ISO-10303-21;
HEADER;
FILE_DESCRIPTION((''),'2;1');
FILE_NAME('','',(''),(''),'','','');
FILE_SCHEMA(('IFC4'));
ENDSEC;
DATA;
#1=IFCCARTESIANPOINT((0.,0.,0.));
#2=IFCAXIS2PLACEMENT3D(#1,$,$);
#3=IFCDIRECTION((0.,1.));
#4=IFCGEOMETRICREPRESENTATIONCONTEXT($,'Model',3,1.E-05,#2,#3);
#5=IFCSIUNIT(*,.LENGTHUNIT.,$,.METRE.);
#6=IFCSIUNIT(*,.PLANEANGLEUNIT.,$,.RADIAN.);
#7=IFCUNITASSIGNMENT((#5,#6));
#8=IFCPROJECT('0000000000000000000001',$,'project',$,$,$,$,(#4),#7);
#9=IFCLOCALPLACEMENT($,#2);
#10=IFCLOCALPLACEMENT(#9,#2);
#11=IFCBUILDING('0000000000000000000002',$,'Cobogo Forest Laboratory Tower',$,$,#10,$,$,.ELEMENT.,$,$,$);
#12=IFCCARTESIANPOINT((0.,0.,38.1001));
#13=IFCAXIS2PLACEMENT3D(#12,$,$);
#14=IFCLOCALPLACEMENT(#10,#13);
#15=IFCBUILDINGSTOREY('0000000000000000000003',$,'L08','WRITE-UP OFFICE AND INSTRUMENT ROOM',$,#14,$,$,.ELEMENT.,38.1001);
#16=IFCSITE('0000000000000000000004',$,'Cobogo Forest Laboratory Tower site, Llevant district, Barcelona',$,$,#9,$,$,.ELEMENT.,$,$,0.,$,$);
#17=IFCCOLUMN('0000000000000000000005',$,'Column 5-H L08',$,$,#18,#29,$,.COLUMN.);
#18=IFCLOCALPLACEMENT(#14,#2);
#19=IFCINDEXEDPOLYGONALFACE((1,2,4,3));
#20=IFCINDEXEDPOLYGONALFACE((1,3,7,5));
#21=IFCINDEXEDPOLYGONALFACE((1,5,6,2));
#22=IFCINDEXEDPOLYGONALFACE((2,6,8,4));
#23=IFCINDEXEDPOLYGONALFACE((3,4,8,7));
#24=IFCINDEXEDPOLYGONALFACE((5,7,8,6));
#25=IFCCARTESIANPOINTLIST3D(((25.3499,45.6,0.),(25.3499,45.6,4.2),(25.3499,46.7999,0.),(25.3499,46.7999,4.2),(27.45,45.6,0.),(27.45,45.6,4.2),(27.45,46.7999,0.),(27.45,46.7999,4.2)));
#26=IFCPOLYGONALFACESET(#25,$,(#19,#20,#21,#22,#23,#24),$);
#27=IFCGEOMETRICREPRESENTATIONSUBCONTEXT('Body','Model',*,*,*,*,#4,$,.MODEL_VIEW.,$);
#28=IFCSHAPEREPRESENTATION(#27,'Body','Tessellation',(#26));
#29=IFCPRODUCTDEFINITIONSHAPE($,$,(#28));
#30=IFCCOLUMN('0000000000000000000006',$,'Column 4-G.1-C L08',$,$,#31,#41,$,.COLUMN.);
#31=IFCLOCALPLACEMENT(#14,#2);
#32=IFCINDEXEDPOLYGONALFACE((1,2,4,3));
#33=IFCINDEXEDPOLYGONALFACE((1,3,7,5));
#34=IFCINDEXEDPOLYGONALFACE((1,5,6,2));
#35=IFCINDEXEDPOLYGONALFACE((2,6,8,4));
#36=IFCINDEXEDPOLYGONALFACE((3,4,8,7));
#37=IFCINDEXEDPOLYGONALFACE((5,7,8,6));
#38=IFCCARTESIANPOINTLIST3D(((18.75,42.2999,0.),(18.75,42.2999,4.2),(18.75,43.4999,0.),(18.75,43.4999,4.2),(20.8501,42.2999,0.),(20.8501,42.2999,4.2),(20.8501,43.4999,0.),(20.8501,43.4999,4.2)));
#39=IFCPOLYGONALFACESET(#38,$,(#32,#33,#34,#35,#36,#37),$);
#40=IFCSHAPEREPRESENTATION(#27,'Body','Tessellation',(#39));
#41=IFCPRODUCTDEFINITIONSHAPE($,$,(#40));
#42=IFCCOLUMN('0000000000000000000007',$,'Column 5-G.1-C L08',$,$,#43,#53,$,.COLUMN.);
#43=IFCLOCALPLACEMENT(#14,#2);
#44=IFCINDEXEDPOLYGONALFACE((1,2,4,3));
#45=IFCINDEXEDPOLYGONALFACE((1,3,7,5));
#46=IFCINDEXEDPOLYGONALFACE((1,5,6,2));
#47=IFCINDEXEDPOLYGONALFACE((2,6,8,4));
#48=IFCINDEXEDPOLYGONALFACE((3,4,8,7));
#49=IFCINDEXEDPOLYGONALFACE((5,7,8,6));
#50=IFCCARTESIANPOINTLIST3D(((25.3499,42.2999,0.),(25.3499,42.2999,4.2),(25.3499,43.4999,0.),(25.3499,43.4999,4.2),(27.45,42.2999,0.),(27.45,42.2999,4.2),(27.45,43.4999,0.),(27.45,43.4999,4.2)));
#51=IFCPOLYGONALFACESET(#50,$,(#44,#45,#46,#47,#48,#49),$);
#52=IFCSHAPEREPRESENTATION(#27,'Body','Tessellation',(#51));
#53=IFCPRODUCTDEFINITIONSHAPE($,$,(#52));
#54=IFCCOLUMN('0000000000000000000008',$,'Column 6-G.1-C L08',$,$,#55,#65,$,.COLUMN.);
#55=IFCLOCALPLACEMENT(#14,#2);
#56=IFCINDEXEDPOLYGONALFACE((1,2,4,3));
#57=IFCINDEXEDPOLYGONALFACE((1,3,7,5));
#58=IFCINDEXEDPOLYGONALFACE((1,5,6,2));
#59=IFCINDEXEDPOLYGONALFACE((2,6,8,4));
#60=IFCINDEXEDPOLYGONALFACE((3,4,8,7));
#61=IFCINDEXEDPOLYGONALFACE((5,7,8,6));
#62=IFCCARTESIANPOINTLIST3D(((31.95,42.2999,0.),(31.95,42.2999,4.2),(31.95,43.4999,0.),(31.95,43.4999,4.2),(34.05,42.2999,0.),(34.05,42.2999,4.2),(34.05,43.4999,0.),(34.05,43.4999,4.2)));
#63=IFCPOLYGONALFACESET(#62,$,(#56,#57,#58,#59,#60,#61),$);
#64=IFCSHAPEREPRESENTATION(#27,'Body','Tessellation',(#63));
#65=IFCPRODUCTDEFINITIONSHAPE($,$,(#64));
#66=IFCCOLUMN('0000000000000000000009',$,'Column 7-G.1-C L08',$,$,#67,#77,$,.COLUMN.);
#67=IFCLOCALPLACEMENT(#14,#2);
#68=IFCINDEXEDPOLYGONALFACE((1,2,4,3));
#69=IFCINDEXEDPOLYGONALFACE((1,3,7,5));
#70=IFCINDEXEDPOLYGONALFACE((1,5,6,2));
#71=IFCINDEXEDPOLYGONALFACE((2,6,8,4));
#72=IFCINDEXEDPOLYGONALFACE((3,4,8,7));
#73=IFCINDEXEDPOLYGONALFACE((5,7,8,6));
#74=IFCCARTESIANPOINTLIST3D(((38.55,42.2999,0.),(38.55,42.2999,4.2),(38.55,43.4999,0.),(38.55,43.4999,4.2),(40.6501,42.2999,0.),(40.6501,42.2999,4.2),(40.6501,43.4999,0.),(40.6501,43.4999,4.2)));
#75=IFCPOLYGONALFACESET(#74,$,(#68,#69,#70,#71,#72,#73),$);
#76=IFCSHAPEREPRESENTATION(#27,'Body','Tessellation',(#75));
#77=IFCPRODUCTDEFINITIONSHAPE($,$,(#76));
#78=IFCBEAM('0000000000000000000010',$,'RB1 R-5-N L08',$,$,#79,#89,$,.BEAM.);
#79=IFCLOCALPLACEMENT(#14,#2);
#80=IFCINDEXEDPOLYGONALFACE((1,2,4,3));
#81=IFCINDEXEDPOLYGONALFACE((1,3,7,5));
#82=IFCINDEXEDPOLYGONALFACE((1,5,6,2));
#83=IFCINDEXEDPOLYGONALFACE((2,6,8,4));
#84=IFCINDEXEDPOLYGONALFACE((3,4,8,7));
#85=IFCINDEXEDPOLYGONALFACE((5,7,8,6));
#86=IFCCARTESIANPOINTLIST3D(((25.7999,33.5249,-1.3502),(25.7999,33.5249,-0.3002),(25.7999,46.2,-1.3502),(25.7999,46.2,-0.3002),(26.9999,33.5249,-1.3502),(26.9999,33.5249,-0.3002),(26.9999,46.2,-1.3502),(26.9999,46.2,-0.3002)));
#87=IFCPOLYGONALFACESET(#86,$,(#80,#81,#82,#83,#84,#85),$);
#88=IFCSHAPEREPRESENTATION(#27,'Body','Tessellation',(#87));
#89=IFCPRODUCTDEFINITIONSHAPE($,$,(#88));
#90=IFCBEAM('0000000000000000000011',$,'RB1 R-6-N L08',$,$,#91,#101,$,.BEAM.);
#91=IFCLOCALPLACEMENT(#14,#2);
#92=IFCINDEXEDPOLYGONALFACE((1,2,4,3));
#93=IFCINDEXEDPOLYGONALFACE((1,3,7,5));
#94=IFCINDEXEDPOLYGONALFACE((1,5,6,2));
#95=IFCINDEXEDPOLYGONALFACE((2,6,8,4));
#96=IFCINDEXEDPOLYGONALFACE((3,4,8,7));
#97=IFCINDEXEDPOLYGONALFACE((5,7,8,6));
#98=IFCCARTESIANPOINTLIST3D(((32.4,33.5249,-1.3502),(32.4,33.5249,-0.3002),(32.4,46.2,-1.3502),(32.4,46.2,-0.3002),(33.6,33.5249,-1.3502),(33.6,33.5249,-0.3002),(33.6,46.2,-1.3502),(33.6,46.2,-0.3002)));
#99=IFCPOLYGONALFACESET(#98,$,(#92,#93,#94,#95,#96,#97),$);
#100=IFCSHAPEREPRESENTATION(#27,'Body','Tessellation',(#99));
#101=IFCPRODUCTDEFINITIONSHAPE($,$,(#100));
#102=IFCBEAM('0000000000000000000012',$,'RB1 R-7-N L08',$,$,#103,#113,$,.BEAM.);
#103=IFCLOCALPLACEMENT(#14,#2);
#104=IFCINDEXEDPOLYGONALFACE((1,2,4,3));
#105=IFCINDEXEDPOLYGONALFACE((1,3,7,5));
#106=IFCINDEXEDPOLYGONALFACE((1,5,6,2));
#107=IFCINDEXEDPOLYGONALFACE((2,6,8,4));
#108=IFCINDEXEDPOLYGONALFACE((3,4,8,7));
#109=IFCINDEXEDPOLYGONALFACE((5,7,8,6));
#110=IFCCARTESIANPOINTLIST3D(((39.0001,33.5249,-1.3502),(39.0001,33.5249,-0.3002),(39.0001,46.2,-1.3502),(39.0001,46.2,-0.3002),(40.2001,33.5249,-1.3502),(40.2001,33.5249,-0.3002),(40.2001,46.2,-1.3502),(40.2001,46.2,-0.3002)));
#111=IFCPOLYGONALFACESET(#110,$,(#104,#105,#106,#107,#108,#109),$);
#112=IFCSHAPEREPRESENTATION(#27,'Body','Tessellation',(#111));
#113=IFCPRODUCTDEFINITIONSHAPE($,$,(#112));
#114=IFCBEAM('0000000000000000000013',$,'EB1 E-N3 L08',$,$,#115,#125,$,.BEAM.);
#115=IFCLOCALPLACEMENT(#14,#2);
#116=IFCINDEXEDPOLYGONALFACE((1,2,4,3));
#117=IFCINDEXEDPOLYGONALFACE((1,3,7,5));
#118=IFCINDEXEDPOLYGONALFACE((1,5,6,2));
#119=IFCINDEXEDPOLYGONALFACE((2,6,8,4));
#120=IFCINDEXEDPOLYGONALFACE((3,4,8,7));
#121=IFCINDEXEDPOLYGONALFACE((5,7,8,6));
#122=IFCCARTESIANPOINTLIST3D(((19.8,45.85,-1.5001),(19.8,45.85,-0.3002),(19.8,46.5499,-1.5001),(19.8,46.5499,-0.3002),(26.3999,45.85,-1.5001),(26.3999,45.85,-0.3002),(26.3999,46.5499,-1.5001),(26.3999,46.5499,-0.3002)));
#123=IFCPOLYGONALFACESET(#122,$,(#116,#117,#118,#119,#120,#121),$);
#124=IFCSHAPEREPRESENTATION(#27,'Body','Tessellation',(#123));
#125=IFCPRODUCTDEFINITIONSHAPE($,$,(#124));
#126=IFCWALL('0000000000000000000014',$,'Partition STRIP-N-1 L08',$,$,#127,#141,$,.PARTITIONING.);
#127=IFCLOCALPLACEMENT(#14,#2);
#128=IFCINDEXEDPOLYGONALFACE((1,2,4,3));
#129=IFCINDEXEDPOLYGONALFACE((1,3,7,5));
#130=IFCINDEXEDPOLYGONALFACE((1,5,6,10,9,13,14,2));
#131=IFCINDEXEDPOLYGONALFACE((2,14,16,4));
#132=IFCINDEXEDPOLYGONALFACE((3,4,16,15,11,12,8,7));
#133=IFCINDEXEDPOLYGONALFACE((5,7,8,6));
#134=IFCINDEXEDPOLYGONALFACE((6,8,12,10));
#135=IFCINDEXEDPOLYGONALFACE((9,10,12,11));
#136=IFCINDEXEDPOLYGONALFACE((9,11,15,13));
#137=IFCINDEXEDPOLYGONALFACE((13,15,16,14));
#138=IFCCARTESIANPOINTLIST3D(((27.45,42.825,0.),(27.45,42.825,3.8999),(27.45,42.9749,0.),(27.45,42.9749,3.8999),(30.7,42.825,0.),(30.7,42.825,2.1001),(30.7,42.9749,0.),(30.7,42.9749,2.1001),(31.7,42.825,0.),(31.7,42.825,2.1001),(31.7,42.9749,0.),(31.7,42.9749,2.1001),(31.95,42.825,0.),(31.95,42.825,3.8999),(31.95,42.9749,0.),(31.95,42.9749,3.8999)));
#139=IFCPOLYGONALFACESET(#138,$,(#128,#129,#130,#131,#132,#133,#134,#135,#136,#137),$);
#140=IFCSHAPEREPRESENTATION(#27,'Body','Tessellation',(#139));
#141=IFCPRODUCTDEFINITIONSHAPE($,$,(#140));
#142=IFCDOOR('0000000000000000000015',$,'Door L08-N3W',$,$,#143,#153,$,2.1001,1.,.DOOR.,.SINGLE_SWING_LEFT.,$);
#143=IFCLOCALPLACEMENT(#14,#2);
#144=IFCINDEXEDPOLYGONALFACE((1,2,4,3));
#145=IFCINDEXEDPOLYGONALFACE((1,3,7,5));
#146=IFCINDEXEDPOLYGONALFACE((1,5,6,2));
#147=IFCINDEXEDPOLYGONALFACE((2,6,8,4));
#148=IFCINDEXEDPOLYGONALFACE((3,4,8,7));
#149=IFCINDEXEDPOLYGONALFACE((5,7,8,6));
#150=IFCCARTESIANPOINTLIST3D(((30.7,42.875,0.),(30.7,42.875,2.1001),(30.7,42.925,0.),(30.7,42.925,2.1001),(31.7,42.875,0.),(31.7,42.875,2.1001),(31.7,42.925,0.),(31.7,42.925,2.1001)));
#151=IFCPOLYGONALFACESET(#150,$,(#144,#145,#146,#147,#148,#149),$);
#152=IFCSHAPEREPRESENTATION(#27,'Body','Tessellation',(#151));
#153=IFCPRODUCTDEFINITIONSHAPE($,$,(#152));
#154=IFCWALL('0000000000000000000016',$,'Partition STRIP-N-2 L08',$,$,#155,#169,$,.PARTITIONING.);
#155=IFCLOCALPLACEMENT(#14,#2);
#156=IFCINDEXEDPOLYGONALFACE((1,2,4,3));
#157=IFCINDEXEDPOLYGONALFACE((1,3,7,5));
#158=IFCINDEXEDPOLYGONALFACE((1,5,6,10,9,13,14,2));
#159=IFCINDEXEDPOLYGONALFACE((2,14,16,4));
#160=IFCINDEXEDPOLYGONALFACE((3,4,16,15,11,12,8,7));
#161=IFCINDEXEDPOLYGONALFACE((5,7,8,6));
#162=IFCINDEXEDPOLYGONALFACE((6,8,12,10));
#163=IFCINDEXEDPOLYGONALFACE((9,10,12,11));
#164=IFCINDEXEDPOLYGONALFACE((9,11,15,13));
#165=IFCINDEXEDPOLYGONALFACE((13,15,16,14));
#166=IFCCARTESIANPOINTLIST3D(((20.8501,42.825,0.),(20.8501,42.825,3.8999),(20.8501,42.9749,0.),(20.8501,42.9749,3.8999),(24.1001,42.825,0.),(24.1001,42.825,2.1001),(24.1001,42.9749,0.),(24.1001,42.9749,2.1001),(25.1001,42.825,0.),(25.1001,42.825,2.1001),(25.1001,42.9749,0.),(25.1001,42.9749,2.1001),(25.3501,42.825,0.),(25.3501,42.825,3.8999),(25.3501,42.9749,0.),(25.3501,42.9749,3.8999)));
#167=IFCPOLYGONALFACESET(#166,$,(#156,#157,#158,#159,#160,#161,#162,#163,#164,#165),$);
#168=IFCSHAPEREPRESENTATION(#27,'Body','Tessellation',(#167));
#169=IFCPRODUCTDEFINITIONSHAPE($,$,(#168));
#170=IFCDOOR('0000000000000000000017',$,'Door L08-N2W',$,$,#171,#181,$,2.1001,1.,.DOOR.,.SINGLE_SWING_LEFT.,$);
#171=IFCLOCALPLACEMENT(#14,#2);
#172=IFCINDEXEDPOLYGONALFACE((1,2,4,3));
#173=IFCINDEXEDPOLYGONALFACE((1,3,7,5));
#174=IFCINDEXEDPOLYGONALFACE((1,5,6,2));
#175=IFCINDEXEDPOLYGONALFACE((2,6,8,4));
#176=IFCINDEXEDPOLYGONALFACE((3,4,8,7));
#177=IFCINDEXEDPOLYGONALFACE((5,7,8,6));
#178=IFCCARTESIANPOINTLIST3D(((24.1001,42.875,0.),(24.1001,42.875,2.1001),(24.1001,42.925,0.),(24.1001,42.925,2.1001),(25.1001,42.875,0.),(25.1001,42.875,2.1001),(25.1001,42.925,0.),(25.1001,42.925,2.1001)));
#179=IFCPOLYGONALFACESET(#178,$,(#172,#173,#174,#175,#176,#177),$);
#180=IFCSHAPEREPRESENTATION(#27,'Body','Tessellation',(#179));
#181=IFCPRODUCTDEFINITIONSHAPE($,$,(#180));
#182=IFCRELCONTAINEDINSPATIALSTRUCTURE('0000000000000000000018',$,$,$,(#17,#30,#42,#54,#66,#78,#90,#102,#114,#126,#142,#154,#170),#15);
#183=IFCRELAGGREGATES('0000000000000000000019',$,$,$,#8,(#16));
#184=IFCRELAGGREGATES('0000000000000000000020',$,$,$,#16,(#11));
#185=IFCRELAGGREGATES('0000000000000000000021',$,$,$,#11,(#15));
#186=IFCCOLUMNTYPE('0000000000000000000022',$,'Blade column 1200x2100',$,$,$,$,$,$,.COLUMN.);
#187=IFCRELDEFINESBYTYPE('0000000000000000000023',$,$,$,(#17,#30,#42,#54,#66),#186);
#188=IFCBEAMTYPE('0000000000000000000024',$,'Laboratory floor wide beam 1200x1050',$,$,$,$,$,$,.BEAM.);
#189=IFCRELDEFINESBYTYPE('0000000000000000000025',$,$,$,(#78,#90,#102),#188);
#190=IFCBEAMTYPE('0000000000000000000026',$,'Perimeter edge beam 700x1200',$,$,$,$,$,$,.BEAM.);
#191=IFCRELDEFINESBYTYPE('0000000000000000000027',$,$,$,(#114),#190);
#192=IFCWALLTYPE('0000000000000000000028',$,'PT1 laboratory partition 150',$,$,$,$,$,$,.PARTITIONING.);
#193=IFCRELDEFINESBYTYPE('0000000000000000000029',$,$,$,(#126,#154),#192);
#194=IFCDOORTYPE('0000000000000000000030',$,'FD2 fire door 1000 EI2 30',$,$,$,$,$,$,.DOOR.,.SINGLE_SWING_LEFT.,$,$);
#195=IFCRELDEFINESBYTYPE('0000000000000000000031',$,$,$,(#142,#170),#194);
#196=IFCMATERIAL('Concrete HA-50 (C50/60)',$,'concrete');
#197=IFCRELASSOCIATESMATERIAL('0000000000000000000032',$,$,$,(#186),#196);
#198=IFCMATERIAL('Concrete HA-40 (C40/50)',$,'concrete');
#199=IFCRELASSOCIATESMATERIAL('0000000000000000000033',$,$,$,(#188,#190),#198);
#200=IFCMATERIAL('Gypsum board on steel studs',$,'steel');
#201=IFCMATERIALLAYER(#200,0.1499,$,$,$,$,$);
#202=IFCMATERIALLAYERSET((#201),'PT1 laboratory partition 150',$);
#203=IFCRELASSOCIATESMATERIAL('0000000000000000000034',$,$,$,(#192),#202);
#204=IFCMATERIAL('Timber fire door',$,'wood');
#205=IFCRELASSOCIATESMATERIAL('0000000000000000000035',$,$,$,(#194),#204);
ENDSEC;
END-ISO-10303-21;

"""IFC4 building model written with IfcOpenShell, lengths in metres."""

from ifc_helpers import new_model, si_unit, direction, frame, frame_2d, origin, origin_2d, place, context, subcontext, project, spatial, rectangle, extrude, material, layer, layer_set, material_profile, profile_set, type_object, element, fill, save


model = new_model("IFC4")

# Units and contexts
model_context = context("Model", 3, precision=1e-05, world=origin(), true_north=direction((0.0, 1.0)))
body_context = subcontext(model_context, "Body", "Model", "MODEL_VIEW")
ifc_project = project(units=[si_unit("LENGTHUNIT", "METRE"), si_unit("PLANEANGLEUNIT", "RADIAN")], contexts=[model_context])

# Site, building, storey
site_placement = place(None, origin())
site = spatial("IfcSite", under=ifc_project, at=site_placement, Name="Cobogo Forest Laboratory Tower site, Llevant district, Barcelona", CompositionType="ELEMENT", RefElevation=0.0)
building_placement = place(site_placement, origin())
building = spatial("IfcBuilding", under=site, at=building_placement, Name="Cobogo Forest Laboratory Tower", CompositionType="ELEMENT")
storey_placement = place(building_placement, frame((0.0, 0.0, 38.1001)))
storey = spatial("IfcBuildingStorey", under=building, at=storey_placement, Name="L08", Description="WRITE-UP OFFICE AND INSTRUMENT ROOM", CompositionType="ELEMENT", Elevation=38.1001)

# Columns
ifc_material_1 = material(Name="Concrete HA-50 (C50/60)", Category="concrete")
ifc_material_profile_1 = material_profile(ifc_material_1, rectangle(XDim=2.1001, YDim=1.2, at=origin_2d()), Name="RC 1200x2100")
ifc_profile_set_1 = profile_set([ifc_material_profile_1], Name="Concrete HA-50 (C50/60)")
column_type = type_object("IfcColumnType", Name="Blade column 1200x2100", PredefinedType="COLUMN", material=ifc_profile_set_1)
for number, where, z_axis, x_axis, name in (
    (1, (26.3999, 46.2, 0.0), (0.0, 0.0, 1.0), (1.0, 0.0, 0.0), "Column 5-H L08"),
    (2, (19.8, 42.8999, 0.0), (0.0, 0.0, 1.0), (1.0, 0.0, 0.0), "Column 4-G.1-C L08"),
    (3, (26.3999, 42.8999, 0.0), (0.0, 0.0, 1.0), (1.0, 0.0, 0.0), "Column 5-G.1-C L08"),
    (4, (33.0, 42.8999, 0.0), (0.0, 0.0, 1.0), (1.0, 0.0, 0.0), "Column 6-G.1-C L08"),
    (5, (39.6001, 42.8999, 0.0), (0.0, 0.0, 1.0), (1.0, 0.0, 0.0), "Column 7-G.1-C L08"),
):
    element("IfcColumn", number, at=place(storey_placement, frame(where, z_axis=z_axis, x_axis=x_axis)), inside=storey, type_object=column_type, Name=name, PredefinedType="COLUMN", context=body_context, shape_type="SweptSolid", body=[
        extrude(rectangle(XDim=2.1001, YDim=1.2, at=origin_2d()), origin(), (0.0, 0.0, 1.0), 4.2),
    ])

# Beams
ifc_material_2 = material(Name="Concrete HA-40 (C40/50)", Category="concrete")
ifc_material_profile_2 = material_profile(ifc_material_2, rectangle(XDim=1.2, YDim=1.05, at=origin_2d()), Name="RC 1200x1050")
ifc_profile_set_2 = profile_set([ifc_material_profile_2], Name="Concrete HA-40 (C40/50)")
beam_type_1 = type_object("IfcBeamType", Name="Laboratory floor wide beam 1200x1050", PredefinedType="BEAM", material=ifc_profile_set_2)
for number, where, z_axis, x_axis, name in (
    (6, (26.3999, 33.5249, -0.8252), (0.0, 1.0, 0.0), (-1.0, 0.0, 0.0), "RB1 R-5-N L08"),
    (7, (33.0, 33.5249, -0.8252), (0.0, 1.0, 0.0), (-1.0, 0.0, 0.0), "RB1 R-6-N L08"),
    (8, (39.6001, 33.5249, -0.8252), (0.0, 1.0, 0.0), (-1.0, 0.0, 0.0), "RB1 R-7-N L08"),
):
    element("IfcBeam", number, at=place(storey_placement, frame(where, z_axis=z_axis, x_axis=x_axis)), inside=storey, type_object=beam_type_1, Name=name, PredefinedType="BEAM", context=body_context, shape_type="SweptSolid", body=[
        extrude(rectangle(XDim=1.2, YDim=1.05, at=origin_2d()), origin(), (0.0, 0.0, 1.0), 12.675),
    ])
ifc_material_profile_3 = material_profile(ifc_material_2, rectangle(XDim=0.7, YDim=1.2, at=origin_2d()), Name="RC 700x1200")
ifc_profile_set_3 = profile_set([ifc_material_profile_3], Name="Concrete HA-40 (C40/50)")
beam_type_2 = type_object("IfcBeamType", Name="Perimeter edge beam 700x1200", PredefinedType="BEAM", material=ifc_profile_set_3)
beam_placement = place(storey_placement, frame((19.8, 46.2, -0.9001), z_axis=(1.0, 0.0, 0.0), x_axis=(0.0, 1.0, 0.0)))
element("IfcBeam", 9, at=beam_placement, inside=storey, type_object=beam_type_2, Name="EB1 E-N3 L08", PredefinedType="BEAM", context=body_context, shape_type="SweptSolid", body=[
    extrude(rectangle(XDim=0.7, YDim=1.2, at=origin_2d()), origin(), (0.0, 0.0, 1.0), 6.5999),
])

# Walls, openings, doors
ifc_material_3 = material(Name="Gypsum board on steel studs", Category="steel")
ifc_layer_1 = layer(ifc_material_3, 0.1499)
ifc_layer_set_1 = layer_set([ifc_layer_1], Name="PT1 laboratory partition 150")
wall_type_1 = type_object("IfcWallType", Name="PT1 laboratory partition 150", PredefinedType="PARTITIONING", material=ifc_layer_set_1)
wall_1_placement = place(storey_placement, frame((31.95, 42.8999, 0.0), z_axis=(0.0, 0.0, 1.0), x_axis=(-1.0, 0.0, 0.0)))
wall_1 = element("IfcWall", 10, at=wall_1_placement, inside=storey, type_object=wall_type_1, Name="Partition STRIP-N-1 L08", PredefinedType="PARTITIONING", context=body_context, shape_type="SweptSolid", body=[
    extrude(rectangle(XDim=4.5, YDim=0.1499, at=frame_2d((2.25, 0.0))), origin(), (0.0, 0.0, 1.0), 3.8999),
])
opening_1_placement = place(wall_1_placement, frame((0.25, 0.0, 0.0)))
opening_1 = element("IfcOpeningElement", 11, at=opening_1_placement, cuts=wall_1, PredefinedType="OPENING", context=body_context, shape_type="SweptSolid", body=[
    extrude(rectangle(XDim=1.0, YDim=2.1001, at=frame_2d((0.5, 1.05))), frame((0.0, 0.085, 0.0), z_axis=(0.0, -1.0, 0.0), x_axis=(1.0, 0.0, 0.0)), (0.0, 0.0, 1.0), 0.1699),
])
ifc_material_4 = material(Name="Timber fire door", Category="wood")
door_type = type_object("IfcDoorType", Name="FD2 fire door 1000 EI2 30", OperationType="SINGLE_SWING_LEFT", PredefinedType="DOOR", material=ifc_material_4)
door_1_placement = place(opening_1_placement, origin())
door_1 = element("IfcDoor", 12, at=door_1_placement, inside=storey, type_object=door_type, Name="Door L08-N3W", OperationType="SINGLE_SWING_LEFT", OverallHeight=2.1001, OverallWidth=1.0, PredefinedType="DOOR", context=body_context, shape_type="SweptSolid", body=[
    extrude(rectangle(XDim=1.0, YDim=2.1001, at=frame_2d((0.5, 1.05))), frame((0.0, 0.0249, 0.0), z_axis=(0.0, -1.0, 0.0), x_axis=(1.0, 0.0, 0.0)), (0.0, 0.0, 1.0), 0.05),
])
fill(opening_1, door_1)
wall_2_placement = place(storey_placement, frame((25.3501, 42.8999, 0.0), z_axis=(0.0, 0.0, 1.0), x_axis=(-1.0, 0.0, 0.0)))
wall_2 = element("IfcWall", 13, at=wall_2_placement, inside=storey, type_object=wall_type_1, Name="Partition STRIP-N-2 L08", PredefinedType="PARTITIONING", context=body_context, shape_type="SweptSolid", body=[
    extrude(rectangle(XDim=4.5, YDim=0.1499, at=frame_2d((2.25, 0.0))), origin(), (0.0, 0.0, 1.0), 3.8999),
])
opening_2_placement = place(wall_2_placement, frame((0.25, 0.0, 0.0)))
opening_2 = element("IfcOpeningElement", 14, at=opening_2_placement, cuts=wall_2, PredefinedType="OPENING", context=body_context, shape_type="SweptSolid", body=[
    extrude(rectangle(XDim=1.0, YDim=2.1001, at=frame_2d((0.5, 1.05))), frame((0.0, 0.085, 0.0), z_axis=(0.0, -1.0, 0.0), x_axis=(1.0, 0.0, 0.0)), (0.0, 0.0, 1.0), 0.1699),
])
door_2_placement = place(opening_2_placement, origin())
door_2 = element("IfcDoor", 15, at=door_2_placement, inside=storey, type_object=door_type, Name="Door L08-N2W", OperationType="SINGLE_SWING_LEFT", OverallHeight=2.1001, OverallWidth=1.0, PredefinedType="DOOR", context=body_context, shape_type="SweptSolid", body=[
    extrude(rectangle(XDim=1.0, YDim=2.1001, at=frame_2d((0.5, 1.05))), frame((0.0, 0.0249, 0.0), z_axis=(0.0, -1.0, 0.0), x_axis=(1.0, 0.0, 0.0)), (0.0, 0.0, 1.0), 0.05),
])
fill(opening_2, door_2)

save(model, "model.ifc")
